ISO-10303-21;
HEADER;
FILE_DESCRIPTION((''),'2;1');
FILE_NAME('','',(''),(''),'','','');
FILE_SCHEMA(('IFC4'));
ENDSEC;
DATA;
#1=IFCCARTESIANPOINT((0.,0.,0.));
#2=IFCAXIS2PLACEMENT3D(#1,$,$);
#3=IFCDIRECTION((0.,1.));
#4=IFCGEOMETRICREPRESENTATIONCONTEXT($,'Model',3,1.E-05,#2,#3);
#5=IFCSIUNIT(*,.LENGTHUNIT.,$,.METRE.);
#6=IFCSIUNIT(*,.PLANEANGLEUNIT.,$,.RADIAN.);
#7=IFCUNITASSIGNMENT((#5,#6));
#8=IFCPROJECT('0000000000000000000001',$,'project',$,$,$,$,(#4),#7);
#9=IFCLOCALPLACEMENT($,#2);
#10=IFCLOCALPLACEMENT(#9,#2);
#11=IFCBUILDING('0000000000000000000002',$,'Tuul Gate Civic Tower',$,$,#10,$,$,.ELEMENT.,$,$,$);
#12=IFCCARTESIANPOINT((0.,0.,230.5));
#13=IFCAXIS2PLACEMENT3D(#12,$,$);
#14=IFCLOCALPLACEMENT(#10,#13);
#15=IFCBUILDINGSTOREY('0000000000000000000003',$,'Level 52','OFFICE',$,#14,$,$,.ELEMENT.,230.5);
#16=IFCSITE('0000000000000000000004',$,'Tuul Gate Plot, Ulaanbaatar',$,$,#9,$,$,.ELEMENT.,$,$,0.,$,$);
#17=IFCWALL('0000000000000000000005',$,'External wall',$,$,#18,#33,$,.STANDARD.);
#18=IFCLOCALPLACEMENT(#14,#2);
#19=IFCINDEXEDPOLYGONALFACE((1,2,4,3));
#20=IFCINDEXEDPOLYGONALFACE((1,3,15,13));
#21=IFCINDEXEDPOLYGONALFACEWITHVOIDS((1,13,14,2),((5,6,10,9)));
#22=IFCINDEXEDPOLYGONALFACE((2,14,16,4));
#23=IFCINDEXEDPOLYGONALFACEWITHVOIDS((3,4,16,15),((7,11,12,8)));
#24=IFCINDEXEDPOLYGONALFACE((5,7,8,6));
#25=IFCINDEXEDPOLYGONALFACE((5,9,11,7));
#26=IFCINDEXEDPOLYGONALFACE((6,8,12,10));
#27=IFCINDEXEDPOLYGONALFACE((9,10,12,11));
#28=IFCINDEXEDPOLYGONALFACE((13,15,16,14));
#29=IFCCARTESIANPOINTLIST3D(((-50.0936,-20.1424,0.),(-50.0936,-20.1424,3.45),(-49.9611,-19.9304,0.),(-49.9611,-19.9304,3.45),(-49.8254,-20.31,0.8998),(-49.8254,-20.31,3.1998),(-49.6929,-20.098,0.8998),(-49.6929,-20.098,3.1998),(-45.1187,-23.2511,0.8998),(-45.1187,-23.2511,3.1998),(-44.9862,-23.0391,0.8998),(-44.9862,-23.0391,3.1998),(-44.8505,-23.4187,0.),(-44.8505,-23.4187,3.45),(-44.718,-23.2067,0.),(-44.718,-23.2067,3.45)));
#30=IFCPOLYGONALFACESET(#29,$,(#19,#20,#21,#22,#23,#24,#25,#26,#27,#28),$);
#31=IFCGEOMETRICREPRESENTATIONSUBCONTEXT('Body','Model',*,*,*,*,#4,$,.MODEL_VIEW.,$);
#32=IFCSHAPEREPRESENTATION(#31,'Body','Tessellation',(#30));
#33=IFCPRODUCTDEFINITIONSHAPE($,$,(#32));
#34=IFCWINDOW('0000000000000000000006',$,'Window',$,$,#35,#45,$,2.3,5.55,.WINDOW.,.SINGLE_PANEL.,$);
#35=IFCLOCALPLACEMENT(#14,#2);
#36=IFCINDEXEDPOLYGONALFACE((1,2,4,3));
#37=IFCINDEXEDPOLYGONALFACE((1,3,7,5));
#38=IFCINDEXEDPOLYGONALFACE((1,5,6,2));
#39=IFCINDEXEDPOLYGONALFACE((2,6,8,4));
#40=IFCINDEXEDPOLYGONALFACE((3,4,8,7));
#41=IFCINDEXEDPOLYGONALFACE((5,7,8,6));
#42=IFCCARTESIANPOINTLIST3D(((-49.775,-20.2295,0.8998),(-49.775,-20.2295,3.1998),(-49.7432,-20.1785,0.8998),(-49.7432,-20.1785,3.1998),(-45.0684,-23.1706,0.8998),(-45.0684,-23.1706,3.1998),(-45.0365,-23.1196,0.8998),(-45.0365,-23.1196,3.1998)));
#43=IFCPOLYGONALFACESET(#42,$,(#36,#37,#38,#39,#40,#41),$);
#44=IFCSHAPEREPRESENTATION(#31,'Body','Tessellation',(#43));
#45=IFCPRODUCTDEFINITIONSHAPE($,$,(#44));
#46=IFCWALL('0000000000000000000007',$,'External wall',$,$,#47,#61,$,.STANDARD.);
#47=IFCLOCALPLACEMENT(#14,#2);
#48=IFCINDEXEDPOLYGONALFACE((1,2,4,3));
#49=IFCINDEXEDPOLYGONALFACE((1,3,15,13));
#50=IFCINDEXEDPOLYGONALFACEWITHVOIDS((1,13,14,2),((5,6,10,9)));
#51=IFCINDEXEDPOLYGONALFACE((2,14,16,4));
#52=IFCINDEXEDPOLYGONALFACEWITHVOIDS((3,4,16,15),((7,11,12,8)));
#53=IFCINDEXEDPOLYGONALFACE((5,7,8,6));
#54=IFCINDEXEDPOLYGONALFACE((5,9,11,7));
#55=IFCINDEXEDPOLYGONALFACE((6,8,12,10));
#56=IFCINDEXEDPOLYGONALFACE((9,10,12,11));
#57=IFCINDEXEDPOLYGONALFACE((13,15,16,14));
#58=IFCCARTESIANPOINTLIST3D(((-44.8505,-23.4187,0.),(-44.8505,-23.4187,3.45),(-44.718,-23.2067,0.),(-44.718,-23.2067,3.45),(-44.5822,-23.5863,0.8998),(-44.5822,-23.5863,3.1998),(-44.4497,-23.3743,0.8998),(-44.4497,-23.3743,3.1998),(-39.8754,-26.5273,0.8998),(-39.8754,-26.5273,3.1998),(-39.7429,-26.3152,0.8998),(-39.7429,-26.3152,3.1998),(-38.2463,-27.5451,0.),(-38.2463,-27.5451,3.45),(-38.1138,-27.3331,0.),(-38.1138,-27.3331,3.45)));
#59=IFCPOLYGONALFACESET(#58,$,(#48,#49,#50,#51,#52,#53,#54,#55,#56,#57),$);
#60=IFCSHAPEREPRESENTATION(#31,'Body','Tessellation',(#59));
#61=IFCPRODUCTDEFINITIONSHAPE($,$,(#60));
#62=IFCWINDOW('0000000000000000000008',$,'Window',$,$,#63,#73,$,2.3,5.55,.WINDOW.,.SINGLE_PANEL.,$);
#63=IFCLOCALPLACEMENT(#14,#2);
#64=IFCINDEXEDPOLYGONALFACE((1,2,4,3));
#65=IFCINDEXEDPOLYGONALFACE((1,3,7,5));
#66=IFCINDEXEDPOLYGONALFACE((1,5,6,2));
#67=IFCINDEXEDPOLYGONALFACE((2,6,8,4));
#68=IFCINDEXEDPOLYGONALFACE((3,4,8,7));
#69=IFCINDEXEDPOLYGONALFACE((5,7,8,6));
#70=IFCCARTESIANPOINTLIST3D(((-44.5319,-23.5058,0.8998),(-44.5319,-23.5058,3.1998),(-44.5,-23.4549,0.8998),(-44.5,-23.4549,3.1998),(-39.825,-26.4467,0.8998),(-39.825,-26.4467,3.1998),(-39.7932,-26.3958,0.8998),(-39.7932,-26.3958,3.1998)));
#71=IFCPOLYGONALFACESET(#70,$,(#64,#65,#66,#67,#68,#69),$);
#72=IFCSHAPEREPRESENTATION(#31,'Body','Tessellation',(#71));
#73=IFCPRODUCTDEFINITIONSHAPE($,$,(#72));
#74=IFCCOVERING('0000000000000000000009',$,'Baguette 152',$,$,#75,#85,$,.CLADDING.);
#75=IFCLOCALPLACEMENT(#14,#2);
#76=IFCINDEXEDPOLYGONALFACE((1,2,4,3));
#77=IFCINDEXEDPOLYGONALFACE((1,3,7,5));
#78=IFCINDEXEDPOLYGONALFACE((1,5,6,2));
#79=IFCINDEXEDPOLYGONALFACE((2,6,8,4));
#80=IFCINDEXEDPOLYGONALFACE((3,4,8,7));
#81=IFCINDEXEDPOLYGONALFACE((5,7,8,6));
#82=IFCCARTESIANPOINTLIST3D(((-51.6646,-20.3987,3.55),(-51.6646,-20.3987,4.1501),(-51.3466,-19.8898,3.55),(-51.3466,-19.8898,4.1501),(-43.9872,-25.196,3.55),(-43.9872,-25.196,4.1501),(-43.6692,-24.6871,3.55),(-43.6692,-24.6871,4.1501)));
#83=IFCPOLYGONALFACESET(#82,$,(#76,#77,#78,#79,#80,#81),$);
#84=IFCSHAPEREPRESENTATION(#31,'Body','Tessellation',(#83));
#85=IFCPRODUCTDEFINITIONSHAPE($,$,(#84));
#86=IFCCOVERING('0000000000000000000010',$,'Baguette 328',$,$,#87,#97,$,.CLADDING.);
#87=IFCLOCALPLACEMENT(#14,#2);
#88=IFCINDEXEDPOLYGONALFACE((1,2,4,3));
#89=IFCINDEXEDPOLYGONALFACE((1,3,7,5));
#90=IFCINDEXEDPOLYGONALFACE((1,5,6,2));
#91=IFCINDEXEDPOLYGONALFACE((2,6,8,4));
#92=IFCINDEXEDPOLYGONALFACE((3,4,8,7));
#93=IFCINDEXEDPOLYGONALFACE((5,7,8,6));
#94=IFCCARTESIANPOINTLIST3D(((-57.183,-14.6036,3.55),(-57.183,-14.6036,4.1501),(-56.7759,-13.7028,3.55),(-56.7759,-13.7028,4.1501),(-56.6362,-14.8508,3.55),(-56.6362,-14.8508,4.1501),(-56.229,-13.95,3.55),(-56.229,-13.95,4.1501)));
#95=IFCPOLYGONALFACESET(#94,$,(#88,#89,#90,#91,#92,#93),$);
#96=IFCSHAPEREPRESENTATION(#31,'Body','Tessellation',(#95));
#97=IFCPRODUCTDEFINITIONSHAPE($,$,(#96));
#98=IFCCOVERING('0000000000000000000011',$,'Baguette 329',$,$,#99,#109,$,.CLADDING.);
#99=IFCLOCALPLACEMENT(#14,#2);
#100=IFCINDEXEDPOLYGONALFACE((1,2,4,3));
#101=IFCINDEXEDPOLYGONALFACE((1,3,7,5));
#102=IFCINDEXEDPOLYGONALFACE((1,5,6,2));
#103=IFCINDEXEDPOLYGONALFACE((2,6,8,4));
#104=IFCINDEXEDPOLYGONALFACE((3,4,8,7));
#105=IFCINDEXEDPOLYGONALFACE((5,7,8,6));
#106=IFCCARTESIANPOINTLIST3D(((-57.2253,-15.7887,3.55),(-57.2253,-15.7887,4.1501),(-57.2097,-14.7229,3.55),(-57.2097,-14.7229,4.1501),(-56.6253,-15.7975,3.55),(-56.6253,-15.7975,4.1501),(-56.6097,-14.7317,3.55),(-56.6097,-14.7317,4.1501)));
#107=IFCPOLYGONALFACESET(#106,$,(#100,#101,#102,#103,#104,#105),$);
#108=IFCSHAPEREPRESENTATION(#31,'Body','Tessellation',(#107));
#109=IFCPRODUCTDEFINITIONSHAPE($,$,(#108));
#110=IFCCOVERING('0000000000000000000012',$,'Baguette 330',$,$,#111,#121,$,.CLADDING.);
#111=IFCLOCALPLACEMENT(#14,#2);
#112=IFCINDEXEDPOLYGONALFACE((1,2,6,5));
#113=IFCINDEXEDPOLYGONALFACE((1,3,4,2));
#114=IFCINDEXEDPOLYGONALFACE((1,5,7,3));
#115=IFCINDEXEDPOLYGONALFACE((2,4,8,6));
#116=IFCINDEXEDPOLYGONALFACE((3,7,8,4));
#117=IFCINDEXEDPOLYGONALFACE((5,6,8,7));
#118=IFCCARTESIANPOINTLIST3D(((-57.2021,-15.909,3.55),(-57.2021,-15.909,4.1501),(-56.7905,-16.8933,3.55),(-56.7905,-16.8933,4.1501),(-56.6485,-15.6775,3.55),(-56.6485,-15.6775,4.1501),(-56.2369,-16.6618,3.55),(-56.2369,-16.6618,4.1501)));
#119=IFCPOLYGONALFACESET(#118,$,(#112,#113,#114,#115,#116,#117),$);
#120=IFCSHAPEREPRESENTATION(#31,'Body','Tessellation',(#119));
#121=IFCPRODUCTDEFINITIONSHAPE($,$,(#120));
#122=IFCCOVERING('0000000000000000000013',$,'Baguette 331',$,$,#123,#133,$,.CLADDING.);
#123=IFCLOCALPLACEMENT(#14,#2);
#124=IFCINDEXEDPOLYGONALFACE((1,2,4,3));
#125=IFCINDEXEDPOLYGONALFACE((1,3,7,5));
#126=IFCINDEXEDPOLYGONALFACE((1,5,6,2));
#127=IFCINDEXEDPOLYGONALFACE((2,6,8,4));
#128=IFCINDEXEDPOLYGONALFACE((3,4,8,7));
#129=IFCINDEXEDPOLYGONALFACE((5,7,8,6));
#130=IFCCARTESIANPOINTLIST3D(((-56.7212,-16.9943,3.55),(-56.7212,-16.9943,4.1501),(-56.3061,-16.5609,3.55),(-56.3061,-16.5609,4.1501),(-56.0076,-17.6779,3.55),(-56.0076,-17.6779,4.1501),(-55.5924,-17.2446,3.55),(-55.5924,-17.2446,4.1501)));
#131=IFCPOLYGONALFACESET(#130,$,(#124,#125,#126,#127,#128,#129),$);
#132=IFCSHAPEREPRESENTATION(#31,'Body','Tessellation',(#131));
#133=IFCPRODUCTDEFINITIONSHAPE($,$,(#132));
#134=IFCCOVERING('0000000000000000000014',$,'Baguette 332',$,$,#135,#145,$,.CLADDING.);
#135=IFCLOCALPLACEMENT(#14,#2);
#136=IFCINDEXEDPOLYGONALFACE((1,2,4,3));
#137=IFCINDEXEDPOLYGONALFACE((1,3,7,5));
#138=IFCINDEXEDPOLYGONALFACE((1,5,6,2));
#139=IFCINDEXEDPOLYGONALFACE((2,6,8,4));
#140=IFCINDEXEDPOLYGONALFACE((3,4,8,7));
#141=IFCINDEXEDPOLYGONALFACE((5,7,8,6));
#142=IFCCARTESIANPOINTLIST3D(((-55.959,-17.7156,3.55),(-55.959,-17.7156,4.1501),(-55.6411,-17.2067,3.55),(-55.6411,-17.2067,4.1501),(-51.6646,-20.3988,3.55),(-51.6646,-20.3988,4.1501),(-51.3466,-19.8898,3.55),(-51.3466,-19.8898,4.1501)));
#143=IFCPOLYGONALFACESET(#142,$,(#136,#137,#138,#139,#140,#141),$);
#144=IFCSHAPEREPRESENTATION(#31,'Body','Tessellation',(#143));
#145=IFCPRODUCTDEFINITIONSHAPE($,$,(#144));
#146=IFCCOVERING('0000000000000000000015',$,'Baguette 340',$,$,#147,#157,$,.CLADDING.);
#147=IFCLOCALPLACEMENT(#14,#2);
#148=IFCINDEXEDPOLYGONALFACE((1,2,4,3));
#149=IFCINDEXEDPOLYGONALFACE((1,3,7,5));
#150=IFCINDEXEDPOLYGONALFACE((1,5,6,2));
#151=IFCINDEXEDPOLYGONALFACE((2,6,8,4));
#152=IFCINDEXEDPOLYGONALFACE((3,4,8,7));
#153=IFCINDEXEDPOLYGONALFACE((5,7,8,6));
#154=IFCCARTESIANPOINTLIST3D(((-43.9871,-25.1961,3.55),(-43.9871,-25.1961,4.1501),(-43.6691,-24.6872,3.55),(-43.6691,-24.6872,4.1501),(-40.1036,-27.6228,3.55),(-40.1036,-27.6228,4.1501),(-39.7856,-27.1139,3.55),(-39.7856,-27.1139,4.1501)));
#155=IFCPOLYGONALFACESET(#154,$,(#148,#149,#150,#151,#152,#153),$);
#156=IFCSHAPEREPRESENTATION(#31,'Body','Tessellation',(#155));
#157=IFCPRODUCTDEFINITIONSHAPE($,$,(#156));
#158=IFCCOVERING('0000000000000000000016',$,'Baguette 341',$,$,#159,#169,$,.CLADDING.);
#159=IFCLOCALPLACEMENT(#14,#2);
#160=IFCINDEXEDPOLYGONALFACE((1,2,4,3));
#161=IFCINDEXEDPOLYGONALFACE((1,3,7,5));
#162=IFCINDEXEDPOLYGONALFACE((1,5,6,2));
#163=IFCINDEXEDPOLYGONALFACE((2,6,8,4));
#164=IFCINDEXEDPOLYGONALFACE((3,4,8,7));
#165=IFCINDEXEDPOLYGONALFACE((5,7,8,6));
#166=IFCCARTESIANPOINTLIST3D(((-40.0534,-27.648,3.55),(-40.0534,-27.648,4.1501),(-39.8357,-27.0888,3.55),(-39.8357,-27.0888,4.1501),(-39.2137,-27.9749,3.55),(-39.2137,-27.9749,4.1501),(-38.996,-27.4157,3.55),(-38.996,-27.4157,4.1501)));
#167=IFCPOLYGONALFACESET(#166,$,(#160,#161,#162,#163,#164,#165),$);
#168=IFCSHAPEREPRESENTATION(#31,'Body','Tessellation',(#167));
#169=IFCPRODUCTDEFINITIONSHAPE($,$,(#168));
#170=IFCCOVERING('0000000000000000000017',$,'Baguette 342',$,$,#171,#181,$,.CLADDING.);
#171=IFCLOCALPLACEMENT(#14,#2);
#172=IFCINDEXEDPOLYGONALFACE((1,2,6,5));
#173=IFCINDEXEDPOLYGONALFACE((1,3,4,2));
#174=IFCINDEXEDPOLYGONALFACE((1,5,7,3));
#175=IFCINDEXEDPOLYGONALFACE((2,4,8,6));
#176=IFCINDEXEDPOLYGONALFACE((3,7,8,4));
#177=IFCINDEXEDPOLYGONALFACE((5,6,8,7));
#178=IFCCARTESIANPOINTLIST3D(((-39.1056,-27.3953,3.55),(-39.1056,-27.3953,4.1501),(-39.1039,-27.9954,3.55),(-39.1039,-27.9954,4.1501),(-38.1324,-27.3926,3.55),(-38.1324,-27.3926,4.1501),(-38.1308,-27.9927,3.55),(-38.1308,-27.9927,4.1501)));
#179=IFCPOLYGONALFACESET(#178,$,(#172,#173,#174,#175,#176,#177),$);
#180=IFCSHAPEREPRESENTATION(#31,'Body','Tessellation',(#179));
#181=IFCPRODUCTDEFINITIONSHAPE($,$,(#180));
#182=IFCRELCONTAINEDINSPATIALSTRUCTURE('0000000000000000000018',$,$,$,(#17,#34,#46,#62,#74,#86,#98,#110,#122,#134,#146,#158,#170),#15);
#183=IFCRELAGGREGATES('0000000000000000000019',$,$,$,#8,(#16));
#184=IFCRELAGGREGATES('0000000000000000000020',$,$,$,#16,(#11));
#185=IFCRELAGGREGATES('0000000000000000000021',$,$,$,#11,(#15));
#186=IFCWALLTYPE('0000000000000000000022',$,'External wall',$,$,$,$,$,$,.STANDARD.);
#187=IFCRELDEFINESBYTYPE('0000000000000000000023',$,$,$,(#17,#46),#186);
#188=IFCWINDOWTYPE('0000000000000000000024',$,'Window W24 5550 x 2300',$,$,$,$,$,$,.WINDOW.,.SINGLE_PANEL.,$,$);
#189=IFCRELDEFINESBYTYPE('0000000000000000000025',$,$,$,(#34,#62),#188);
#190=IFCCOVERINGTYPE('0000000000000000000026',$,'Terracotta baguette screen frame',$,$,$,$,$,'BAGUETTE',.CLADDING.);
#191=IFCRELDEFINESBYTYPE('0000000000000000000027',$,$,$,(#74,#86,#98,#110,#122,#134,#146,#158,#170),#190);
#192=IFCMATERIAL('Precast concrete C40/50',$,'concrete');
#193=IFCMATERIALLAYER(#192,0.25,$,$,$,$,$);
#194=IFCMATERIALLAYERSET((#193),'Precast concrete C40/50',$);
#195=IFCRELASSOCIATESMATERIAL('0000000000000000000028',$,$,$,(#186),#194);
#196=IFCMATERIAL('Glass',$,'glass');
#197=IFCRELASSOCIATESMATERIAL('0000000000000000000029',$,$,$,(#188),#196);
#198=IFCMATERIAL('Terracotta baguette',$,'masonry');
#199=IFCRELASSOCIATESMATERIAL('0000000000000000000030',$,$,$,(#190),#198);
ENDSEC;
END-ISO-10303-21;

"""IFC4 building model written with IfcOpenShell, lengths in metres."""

from ifc_helpers import new_model, si_unit, direction, frame, frame_2d, origin, origin_2d, place, context, subcontext, project, spatial, rectangle, extrude, material, layer, layer_set, material_profile, profile_set, type_object, element, fill, save


model = new_model("IFC4")

# Units and contexts
model_context = context("Model", 3, precision=1e-05, world=origin(), true_north=direction((0.0, 1.0)))
body_context = subcontext(model_context, "Body", "Model", "MODEL_VIEW")
ifc_project = project(units=[si_unit("LENGTHUNIT", "METRE"), si_unit("PLANEANGLEUNIT", "RADIAN")], contexts=[model_context])

# Site, building, storey
site_placement = place(None, origin())
site = spatial("IfcSite", under=ifc_project, at=site_placement, Name="Tuul Gate Plot, Ulaanbaatar", CompositionType="ELEMENT", RefElevation=0.0)
building_placement = place(site_placement, origin())
building = spatial("IfcBuilding", under=site, at=building_placement, Name="Tuul Gate Civic Tower", CompositionType="ELEMENT")
storey_placement = place(building_placement, frame((0.0, 0.0, 230.5)))
storey = spatial("IfcBuildingStorey", under=building, at=storey_placement, Name="Level 52", Description="OFFICE", CompositionType="ELEMENT", Elevation=230.5)

# Shared definitions
ifc_material_1 = material(Name="Precast concrete C40/50", Category="concrete")
ifc_layer_1 = layer(ifc_material_1, 0.25)
ifc_layer_set_1 = layer_set([ifc_layer_1], Name="Precast concrete C40/50")
wall_type_1 = type_object("IfcWallType", Name="External wall", PredefinedType="STANDARD", material=ifc_layer_set_1)

# Walls, openings, windows
ifc_material_2 = material(Name="Glass", Category="glass")
window_type = type_object("IfcWindowType", Name="Window W24 5550 x 2300", PartitioningType="SINGLE_PANEL", PredefinedType="WINDOW", material=ifc_material_2)
wall_1_placement = place(storey_placement, frame((-50.0273, -20.0364, 0.0), z_axis=(0.0, 0.0, 1.0), x_axis=(0.848043, -0.529928, 0.0)))
wall_1 = element("IfcWall", 1, at=wall_1_placement, inside=storey, type_object=wall_type_1, Name="External wall", PredefinedType="STANDARD", context=body_context, shape_type="SweptSolid", body=[
    extrude(rectangle(XDim=6.1826, YDim=0.25, at=frame_2d((3.0913, 0.0))), origin(), (0.0, 0.0, 1.0), 3.45),
])
opening_1_placement = place(wall_1_placement, frame((0.3164, 0.0, 0.8999)))
opening_1 = element("IfcOpeningElement", 2, at=opening_1_placement, cuts=wall_1, PredefinedType="OPENING", context=body_context, shape_type="SweptSolid", body=[
    extrude(rectangle(XDim=5.55, YDim=2.3, at=frame_2d((2.7749, 1.1499))), frame((0.0, 0.135, 0.0), z_axis=(0.0, -1.0, 0.0), x_axis=(1.0, 0.0, 0.0)), (0.0, 0.0, 1.0), 0.27),
])
window_1_placement = place(opening_1_placement, origin())
window_1 = element("IfcWindow", 3, at=window_1_placement, inside=storey, type_object=window_type, Name="Window", OverallHeight=2.3, OverallWidth=5.55, PartitioningType="SINGLE_PANEL", PredefinedType="WINDOW", context=body_context, shape_type="SweptSolid", body=[
    extrude(rectangle(XDim=5.55, YDim=2.3, at=frame_2d((2.7749, 1.1499))), frame((0.0, 0.03, 0.0), z_axis=(0.0, -1.0, 0.0), x_axis=(1.0, 0.0, 0.0)), (0.0, 0.0, 1.0), 0.0601),
])
fill(opening_1, window_1)
wall_2_placement = place(storey_placement, frame((-44.7842, -23.3127, 0.0), z_axis=(0.0, 0.0, 1.0), x_axis=(0.848067, -0.529889, 0.0)))
wall_2 = element("IfcWall", 4, at=wall_2_placement, inside=storey, type_object=wall_type_1, Name="External wall", PredefinedType="STANDARD", context=body_context, shape_type="SweptSolid", body=[
    extrude(rectangle(XDim=7.7874, YDim=0.25, at=frame_2d((3.8936, 0.0))), origin(), (0.0, 0.0, 1.0), 3.45),
])
opening_2_placement = place(wall_2_placement, frame((0.3164, 0.0, 0.8999)))
opening_2 = element("IfcOpeningElement", 5, at=opening_2_placement, cuts=wall_2, PredefinedType="OPENING", context=body_context, shape_type="SweptSolid", body=[
    extrude(rectangle(XDim=5.55, YDim=2.3, at=frame_2d((2.7749, 1.1499))), frame((0.0, 0.135, 0.0), z_axis=(0.0, -1.0, 0.0), x_axis=(1.0, 0.0, 0.0)), (0.0, 0.0, 1.0), 0.27),
])
window_2_placement = place(opening_2_placement, origin())
window_2 = element("IfcWindow", 6, at=window_2_placement, inside=storey, type_object=window_type, Name="Window", OverallHeight=2.3, OverallWidth=5.55, PartitioningType="SINGLE_PANEL", PredefinedType="WINDOW", context=body_context, shape_type="SweptSolid", body=[
    extrude(rectangle(XDim=5.55, YDim=2.3, at=frame_2d((2.7749, 1.1499))), frame((0.0, 0.03, 0.0), z_axis=(0.0, -1.0, 0.0), x_axis=(1.0, 0.0, 0.0)), (0.0, 0.0, 1.0), 0.0601),
])
fill(opening_2, window_2)

# Coverings
ifc_material_3 = material(Name="Terracotta baguette", Category="masonry")
ifc_material_profile_1 = material_profile(ifc_material_3, rectangle(XDim=0.6001, YDim=0.6001, at=origin_2d()), Name="Terracotta baguette screen frame")
ifc_profile_set_1 = profile_set([ifc_material_profile_1], Name="Terracotta baguette")
covering_type = type_object("IfcCoveringType", Name="Terracotta baguette screen frame", ElementType="BAGUETTE", PredefinedType="CLADDING", material=ifc_profile_set_1)
covering_1_placement = place(storey_placement, frame((-51.5056, -20.1443, 3.8501), z_axis=(0.848051, -0.529914, 0.0), x_axis=(0.529914, 0.848051, 0.0)))
element("IfcCovering", 7, at=covering_1_placement, inside=storey, type_object=covering_type, Name="Baguette 152", PredefinedType="CLADDING", context=body_context, shape_type="SweptSolid", body=[
    extrude(rectangle(XDim=0.6001, YDim=0.6001, at=origin_2d()), origin(), (0.0, 0.0, 1.0), 9.053),
])
covering_2_placement = place(storey_placement, frame((-56.5024, -13.8264, 3.8501), z_axis=(-0.411904, -0.911227, 0.0), x_axis=(0.911227, -0.411904, 0.0)))
element("IfcCovering", 8, at=covering_2_placement, inside=storey, type_object=covering_type, Name="Baguette 328", PredefinedType="CLADDING", context=body_context, shape_type="SweptSolid", body=[
    extrude(rectangle(XDim=0.6001, YDim=0.6001, at=origin_2d()), origin(), (0.0, 0.0, 1.0), 0.9885),
])
covering_3_placement = place(storey_placement, frame((-56.9097, -14.7273, 3.8501), z_axis=(-0.014657, -0.999893, 0.0), x_axis=(0.999893, -0.014657, 0.0)))
element("IfcCovering", 9, at=covering_3_placement, inside=storey, type_object=covering_type, Name="Baguette 329", PredefinedType="CLADDING", context=body_context, shape_type="SweptSolid", body=[
    extrude(rectangle(XDim=0.6001, YDim=0.6001, at=origin_2d()), origin(), (0.0, 0.0, 1.0), 1.0659),
])
covering_4_placement = place(storey_placement, frame((-56.9253, -15.7932, 3.8501), z_axis=(0.385785, -0.922589, 0.0), x_axis=(0.922589, 0.385785, 0.0)))
element("IfcCovering", 10, at=covering_4_placement, inside=storey, type_object=covering_type, Name="Baguette 330", PredefinedType="CLADDING", context=body_context, shape_type="SweptSolid", body=[
    extrude(rectangle(XDim=0.6001, YDim=0.6001, at=origin_2d()), origin(), (0.0, 0.0, 1.0), 1.0669),
])
covering_5_placement = place(storey_placement, frame((-56.5137, -16.7776, 3.8501), z_axis=(0.722137, -0.69175, 0.0), x_axis=(0.69175, 0.722137, 0.0)))
element("IfcCovering", 11, at=covering_5_placement, inside=storey, type_object=covering_type, Name="Baguette 331", PredefinedType="CLADDING", context=body_context, shape_type="SweptSolid", body=[
    extrude(rectangle(XDim=0.6001, YDim=0.6001, at=origin_2d()), origin(), (0.0, 0.0, 1.0), 0.9883),
])
covering_6_placement = place(storey_placement, frame((-55.8, -17.4612, 3.8501), z_axis=(0.84808, -0.529869, 0.0), x_axis=(0.529869, 0.84808, 0.0)))
element("IfcCovering", 12, at=covering_6_placement, inside=storey, type_object=covering_type, Name="Baguette 332", PredefinedType="CLADDING", context=body_context, shape_type="SweptSolid", body=[
    extrude(rectangle(XDim=0.6001, YDim=0.6001, at=origin_2d()), origin(), (0.0, 0.0, 1.0), 5.0637),
])
covering_7_placement = place(storey_placement, frame((-43.8281, -24.9417, 3.8501), z_axis=(0.848043, -0.529927, 0.0), x_axis=(0.529927, 0.848043, 0.0)))
element("IfcCovering", 13, at=covering_7_placement, inside=storey, type_object=covering_type, Name="Baguette 340", PredefinedType="CLADDING", context=body_context, shape_type="SweptSolid", body=[
    extrude(rectangle(XDim=0.6001, YDim=0.6001, at=origin_2d()), origin(), (0.0, 0.0, 1.0), 4.5793),
])
covering_8_placement = place(storey_placement, frame((-39.9446, -27.3684, 3.8501), z_axis=(0.931893, -0.362734, 0.0), x_axis=(0.362734, 0.931893, 0.0)))
element("IfcCovering", 14, at=covering_8_placement, inside=storey, type_object=covering_type, Name="Baguette 341", PredefinedType="CLADDING", context=body_context, shape_type="SweptSolid", body=[
    extrude(rectangle(XDim=0.6001, YDim=0.6001, at=origin_2d()), origin(), (0.0, 0.0, 1.0), 0.9011),
])
covering_9_placement = place(storey_placement, frame((-39.1047, -27.6953, 3.8501), z_axis=(0.999996, 0.00276, 0.0), x_axis=(-0.00276, 0.999996, 0.0)))
element("IfcCovering", 15, at=covering_9_placement, inside=storey, type_object=covering_type, Name="Baguette 342", PredefinedType="CLADDING", context=body_context, shape_type="SweptSolid", body=[
    extrude(rectangle(XDim=0.6001, YDim=0.6001, at=origin_2d()), origin(), (0.0, 0.0, 1.0), 0.9731),
])

save(model, "model.ifc")
